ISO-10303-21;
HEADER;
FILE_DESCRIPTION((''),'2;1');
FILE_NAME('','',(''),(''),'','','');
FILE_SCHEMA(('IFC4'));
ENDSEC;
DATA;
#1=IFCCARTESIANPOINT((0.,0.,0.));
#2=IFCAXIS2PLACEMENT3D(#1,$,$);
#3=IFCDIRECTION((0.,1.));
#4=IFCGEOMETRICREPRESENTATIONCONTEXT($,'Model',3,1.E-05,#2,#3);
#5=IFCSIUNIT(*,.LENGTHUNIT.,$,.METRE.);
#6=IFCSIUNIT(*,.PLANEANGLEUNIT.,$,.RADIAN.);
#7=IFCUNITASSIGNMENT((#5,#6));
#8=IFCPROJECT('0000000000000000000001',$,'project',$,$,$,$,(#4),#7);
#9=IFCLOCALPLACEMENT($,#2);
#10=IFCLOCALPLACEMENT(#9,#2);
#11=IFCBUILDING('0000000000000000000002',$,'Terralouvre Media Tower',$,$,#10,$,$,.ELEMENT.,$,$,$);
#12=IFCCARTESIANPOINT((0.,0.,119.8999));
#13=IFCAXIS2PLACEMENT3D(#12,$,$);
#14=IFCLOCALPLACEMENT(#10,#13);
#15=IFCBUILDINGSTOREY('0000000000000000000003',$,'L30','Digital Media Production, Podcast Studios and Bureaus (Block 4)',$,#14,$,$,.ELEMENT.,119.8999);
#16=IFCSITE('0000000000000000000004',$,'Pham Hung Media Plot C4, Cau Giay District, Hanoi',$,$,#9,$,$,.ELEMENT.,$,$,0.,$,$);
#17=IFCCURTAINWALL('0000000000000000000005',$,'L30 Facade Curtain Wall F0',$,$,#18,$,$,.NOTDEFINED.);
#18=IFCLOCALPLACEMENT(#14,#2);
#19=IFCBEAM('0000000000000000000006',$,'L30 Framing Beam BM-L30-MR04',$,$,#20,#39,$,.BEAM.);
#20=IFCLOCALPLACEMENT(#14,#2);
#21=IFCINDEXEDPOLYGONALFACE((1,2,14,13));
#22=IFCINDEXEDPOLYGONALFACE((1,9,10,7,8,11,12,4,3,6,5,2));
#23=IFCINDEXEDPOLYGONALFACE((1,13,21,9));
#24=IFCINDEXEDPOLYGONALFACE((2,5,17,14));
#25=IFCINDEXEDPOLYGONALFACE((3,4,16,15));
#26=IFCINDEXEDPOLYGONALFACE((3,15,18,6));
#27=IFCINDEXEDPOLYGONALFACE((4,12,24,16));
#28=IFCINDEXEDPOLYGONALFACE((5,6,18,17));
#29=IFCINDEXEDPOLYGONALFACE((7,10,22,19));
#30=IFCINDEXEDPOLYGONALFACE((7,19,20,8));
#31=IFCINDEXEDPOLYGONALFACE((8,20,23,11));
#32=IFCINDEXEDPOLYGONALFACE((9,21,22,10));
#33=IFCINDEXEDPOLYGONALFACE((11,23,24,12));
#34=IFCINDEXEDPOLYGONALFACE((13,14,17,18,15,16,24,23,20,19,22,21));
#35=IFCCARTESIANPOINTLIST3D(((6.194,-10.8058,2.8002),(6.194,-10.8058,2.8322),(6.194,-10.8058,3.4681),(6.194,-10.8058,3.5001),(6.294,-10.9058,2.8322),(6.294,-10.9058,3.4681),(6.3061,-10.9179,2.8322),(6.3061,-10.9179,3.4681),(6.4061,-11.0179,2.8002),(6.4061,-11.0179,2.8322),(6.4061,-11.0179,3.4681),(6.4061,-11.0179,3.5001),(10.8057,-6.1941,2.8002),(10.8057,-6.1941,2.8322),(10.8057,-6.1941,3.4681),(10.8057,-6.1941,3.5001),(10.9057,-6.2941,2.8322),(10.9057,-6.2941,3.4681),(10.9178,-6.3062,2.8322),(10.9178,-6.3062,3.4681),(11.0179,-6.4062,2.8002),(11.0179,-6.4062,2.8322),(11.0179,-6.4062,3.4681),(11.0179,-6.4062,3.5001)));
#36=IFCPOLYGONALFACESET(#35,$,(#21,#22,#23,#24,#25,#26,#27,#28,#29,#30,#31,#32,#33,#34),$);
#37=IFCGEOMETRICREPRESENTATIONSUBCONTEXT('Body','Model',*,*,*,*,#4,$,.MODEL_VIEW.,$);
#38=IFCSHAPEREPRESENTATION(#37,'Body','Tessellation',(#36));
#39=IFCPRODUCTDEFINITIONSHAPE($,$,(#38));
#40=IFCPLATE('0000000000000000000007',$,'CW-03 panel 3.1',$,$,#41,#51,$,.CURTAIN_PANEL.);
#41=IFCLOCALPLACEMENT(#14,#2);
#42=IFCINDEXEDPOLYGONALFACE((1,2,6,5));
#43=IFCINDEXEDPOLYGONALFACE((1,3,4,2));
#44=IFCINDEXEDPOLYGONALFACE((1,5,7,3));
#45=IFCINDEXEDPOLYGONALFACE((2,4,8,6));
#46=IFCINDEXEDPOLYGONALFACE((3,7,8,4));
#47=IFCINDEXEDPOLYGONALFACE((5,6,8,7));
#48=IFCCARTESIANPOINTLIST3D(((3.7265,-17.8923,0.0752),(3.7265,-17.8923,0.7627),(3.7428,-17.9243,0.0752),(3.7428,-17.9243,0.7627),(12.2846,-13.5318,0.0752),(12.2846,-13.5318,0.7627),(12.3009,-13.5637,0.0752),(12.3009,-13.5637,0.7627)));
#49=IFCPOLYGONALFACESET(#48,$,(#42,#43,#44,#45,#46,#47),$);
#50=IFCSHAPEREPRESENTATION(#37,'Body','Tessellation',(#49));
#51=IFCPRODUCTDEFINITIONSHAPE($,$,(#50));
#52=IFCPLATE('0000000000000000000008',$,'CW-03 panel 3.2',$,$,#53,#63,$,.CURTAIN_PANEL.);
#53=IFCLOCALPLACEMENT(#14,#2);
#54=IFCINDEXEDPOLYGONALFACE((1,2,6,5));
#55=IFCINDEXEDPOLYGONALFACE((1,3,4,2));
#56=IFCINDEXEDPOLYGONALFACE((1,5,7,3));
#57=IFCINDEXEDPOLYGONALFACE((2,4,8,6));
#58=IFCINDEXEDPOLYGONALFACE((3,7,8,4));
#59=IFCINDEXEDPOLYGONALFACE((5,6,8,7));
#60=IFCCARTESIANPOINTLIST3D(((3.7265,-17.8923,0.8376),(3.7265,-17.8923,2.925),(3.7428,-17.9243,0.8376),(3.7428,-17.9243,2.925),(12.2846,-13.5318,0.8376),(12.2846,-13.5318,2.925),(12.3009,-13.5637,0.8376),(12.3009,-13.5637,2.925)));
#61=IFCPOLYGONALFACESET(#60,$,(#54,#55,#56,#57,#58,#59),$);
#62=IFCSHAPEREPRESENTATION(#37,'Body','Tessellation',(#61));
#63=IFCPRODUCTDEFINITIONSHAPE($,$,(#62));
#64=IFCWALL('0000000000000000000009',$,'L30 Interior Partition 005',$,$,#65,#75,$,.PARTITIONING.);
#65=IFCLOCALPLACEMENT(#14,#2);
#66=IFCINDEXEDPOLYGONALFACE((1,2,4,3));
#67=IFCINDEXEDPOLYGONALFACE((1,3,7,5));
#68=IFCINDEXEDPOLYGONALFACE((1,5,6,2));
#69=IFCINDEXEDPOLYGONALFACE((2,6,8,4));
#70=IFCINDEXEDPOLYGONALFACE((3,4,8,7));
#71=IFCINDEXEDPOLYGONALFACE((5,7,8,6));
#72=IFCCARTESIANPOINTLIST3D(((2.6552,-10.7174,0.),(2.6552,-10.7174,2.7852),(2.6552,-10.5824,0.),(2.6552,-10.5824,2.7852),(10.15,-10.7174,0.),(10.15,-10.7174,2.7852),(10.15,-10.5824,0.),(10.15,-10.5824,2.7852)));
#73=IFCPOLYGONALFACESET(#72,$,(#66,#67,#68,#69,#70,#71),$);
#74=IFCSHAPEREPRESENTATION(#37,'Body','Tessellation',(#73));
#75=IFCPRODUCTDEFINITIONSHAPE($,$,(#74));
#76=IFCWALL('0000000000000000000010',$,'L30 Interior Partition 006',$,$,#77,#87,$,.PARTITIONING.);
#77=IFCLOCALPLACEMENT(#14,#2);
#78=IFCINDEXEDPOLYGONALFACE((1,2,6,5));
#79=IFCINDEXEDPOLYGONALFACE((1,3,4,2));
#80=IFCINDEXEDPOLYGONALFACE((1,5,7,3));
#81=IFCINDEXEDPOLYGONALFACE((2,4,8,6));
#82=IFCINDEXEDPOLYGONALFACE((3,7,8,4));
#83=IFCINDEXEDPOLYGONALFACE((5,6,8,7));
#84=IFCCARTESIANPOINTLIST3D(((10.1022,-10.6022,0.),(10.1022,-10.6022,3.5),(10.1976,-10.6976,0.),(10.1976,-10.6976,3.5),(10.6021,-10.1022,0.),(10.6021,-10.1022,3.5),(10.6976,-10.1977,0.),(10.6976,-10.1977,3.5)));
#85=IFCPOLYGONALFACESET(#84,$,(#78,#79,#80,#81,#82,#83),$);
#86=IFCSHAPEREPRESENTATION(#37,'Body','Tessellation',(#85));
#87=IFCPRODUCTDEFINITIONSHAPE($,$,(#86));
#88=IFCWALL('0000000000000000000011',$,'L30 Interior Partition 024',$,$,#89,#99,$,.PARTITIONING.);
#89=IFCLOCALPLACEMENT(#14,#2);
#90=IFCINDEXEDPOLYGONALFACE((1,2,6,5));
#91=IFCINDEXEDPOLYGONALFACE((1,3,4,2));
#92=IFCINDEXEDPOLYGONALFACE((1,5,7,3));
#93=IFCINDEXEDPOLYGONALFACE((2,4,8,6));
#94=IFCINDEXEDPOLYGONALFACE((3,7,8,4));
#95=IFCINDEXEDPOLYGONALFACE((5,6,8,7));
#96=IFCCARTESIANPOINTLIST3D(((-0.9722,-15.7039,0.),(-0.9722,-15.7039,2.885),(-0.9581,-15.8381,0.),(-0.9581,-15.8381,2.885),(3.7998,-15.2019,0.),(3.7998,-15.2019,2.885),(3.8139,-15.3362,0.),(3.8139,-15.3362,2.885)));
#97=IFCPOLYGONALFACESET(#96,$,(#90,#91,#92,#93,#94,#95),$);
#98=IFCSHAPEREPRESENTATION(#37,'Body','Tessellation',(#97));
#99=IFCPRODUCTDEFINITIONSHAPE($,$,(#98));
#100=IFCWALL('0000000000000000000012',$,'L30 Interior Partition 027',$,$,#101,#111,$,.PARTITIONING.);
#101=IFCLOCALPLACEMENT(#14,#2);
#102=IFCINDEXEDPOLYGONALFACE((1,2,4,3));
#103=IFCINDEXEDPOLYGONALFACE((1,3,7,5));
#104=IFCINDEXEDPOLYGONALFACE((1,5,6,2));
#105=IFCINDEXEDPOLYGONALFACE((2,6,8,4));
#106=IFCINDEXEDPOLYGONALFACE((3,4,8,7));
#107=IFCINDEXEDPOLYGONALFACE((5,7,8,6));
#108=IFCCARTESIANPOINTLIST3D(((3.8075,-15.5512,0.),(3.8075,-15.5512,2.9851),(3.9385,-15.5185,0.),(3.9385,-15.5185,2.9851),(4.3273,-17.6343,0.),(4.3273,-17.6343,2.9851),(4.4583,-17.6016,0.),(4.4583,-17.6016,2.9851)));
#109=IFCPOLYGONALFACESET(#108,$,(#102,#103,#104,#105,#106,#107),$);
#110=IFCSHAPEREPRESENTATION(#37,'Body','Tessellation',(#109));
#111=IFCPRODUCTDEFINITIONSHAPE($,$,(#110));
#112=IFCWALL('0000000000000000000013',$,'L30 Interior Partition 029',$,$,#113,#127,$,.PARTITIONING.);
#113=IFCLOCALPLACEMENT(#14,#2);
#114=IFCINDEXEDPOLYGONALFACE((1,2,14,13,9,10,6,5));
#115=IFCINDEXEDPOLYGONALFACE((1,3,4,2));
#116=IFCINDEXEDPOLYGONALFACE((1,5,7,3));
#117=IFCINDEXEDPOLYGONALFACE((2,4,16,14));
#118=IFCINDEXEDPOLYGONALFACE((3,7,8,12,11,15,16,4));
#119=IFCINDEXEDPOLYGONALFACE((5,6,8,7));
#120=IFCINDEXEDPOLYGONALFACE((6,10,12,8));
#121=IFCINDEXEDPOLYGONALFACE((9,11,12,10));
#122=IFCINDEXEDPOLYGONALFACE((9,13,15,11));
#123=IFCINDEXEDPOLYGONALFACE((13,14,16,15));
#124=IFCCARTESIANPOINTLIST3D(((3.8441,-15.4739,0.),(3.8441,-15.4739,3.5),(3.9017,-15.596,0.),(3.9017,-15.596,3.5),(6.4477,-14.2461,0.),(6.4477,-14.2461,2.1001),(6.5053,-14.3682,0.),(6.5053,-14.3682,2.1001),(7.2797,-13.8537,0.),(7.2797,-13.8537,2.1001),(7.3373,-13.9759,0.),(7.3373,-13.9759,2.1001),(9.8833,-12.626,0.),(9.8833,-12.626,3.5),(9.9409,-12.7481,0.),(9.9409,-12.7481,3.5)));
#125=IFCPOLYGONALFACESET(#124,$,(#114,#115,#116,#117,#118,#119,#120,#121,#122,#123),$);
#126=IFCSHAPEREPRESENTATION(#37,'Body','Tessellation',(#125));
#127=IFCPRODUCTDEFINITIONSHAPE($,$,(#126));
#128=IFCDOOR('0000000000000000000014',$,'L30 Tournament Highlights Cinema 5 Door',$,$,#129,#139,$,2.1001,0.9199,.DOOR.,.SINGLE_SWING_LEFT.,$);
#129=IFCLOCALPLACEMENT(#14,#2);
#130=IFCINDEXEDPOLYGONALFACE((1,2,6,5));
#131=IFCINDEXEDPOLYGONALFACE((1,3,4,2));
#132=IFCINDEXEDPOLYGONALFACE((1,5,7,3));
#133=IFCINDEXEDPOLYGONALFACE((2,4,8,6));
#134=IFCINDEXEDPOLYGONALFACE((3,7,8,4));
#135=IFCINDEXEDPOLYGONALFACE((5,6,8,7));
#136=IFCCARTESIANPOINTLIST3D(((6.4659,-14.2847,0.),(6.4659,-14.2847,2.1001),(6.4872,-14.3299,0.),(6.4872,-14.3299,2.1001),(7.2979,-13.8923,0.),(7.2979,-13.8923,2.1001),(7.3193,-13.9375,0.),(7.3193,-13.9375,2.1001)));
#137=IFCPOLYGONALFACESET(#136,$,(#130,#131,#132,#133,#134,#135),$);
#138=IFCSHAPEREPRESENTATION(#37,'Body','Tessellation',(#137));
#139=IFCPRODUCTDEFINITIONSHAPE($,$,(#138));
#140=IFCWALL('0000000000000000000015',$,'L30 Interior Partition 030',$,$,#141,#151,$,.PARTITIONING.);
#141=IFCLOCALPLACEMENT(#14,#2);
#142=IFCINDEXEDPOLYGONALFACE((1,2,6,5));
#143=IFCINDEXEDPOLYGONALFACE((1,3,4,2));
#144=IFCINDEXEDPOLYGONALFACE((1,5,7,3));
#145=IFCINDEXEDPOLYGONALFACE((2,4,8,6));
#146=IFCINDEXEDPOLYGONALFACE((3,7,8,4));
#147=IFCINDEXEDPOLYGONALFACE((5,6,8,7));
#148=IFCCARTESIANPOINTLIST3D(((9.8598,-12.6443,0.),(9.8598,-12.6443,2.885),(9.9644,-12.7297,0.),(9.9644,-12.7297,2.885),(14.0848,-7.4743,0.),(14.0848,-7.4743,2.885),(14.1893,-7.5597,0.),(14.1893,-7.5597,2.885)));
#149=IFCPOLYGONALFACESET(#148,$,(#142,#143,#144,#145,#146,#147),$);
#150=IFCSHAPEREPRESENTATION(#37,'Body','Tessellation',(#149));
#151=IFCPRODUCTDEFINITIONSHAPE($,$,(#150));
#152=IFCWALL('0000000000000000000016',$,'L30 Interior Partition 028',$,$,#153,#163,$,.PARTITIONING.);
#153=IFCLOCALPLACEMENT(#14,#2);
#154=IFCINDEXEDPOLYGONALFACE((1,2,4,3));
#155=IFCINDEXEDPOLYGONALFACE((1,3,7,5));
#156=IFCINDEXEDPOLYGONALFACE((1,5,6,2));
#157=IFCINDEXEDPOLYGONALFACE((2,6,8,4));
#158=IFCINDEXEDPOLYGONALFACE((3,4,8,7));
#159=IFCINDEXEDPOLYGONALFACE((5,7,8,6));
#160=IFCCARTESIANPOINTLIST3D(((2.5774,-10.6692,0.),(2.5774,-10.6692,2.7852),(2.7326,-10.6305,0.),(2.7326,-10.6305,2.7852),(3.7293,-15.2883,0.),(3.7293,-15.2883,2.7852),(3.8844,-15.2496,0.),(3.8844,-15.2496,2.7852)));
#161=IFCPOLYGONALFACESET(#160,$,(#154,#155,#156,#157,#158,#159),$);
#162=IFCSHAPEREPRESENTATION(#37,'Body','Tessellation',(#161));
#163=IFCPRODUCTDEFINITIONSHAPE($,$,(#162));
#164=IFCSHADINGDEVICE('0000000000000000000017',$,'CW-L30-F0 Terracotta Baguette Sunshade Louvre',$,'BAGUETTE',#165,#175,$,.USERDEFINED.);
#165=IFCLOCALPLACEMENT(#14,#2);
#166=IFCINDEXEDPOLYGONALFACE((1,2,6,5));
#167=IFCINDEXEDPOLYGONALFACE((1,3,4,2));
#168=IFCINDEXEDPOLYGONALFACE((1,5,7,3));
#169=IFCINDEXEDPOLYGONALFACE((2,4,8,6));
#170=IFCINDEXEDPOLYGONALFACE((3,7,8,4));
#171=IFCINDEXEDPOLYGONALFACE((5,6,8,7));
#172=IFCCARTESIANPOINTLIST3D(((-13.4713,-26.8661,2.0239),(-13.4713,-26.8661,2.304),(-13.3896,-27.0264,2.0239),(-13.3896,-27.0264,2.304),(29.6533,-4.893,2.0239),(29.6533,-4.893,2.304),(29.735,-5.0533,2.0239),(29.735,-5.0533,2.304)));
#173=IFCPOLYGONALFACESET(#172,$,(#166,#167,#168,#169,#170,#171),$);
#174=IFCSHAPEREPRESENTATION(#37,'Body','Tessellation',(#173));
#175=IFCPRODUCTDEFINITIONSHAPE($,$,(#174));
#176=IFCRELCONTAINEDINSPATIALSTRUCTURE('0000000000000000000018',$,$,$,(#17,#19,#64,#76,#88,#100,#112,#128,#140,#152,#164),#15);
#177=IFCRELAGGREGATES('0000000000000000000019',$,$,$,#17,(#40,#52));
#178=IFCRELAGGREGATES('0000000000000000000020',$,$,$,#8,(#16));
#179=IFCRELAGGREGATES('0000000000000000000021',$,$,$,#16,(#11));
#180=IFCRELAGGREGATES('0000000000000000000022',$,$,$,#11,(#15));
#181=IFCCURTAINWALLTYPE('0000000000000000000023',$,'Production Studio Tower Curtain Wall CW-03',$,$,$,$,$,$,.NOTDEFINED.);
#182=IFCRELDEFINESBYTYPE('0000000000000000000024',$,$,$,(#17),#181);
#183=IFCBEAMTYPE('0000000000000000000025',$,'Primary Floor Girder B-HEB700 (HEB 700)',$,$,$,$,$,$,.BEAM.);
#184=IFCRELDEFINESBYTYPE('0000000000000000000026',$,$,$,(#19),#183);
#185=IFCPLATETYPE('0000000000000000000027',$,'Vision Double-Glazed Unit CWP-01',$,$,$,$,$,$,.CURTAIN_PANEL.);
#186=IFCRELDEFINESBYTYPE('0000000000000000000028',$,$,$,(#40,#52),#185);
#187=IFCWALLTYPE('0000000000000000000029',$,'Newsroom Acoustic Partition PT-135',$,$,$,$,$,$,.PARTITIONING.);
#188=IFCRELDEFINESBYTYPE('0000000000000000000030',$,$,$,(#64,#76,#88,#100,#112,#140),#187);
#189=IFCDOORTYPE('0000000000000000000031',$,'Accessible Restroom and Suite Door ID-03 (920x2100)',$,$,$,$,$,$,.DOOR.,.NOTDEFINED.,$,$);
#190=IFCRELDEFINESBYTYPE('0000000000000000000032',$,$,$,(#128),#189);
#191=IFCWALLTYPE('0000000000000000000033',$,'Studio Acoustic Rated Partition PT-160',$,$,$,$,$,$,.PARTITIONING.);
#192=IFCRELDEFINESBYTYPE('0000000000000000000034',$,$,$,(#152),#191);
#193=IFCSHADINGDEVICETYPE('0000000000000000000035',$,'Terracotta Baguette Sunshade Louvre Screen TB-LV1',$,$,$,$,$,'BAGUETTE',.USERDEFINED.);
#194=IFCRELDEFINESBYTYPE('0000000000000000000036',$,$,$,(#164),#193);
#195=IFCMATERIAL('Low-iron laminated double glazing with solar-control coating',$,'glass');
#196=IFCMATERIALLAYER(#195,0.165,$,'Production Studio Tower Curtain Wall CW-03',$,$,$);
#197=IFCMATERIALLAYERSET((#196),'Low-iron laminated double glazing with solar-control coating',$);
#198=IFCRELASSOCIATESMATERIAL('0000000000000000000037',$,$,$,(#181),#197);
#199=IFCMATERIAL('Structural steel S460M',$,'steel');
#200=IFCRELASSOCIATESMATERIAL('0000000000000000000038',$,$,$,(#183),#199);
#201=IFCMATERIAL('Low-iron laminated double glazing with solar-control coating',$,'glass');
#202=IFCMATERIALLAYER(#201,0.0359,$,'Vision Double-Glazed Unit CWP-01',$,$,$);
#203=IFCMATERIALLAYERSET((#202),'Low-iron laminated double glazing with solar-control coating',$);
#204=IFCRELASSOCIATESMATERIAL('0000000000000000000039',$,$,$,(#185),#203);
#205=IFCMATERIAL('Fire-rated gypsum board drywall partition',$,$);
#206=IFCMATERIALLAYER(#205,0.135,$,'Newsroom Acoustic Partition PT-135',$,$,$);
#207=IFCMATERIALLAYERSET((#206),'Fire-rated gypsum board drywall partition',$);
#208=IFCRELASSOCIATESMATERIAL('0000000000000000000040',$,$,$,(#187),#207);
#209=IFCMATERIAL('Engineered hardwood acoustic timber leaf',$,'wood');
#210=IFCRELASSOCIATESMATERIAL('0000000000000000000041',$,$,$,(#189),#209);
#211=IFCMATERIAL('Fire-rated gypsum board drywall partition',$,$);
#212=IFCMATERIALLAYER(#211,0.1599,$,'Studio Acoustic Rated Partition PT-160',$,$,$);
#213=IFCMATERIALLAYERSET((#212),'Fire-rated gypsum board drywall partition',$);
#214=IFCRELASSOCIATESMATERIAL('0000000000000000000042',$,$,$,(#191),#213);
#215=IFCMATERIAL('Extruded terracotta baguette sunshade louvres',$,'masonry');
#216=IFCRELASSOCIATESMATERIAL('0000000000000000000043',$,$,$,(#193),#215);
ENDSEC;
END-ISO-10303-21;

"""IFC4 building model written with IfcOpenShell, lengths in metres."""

from ifc_helpers import new_model, si_unit, direction, frame, frame_2d, origin, origin_2d, place, context, subcontext, project, spatial, rectangle, i_section, extrude, material, layer, layer_set, material_profile, profile_set, type_object, element, fill, aggregate, save


model = new_model("IFC4")

# Units and contexts
model_context = context("Model", 3, precision=1e-05, world=origin(), true_north=direction((0.0, 1.0)))
body_context = subcontext(model_context, "Body", "Model", "MODEL_VIEW")
ifc_project = project(units=[si_unit("LENGTHUNIT", "METRE"), si_unit("PLANEANGLEUNIT", "RADIAN")], contexts=[model_context])

# Site, building, storey
site_placement = place(None, origin())
site = spatial("IfcSite", under=ifc_project, at=site_placement, Name="Pham Hung Media Plot C4, Cau Giay District, Hanoi", CompositionType="ELEMENT", RefElevation=0.0)
building_placement = place(site_placement, origin())
building = spatial("IfcBuilding", under=site, at=building_placement, Name="Terralouvre Media Tower", CompositionType="ELEMENT")
storey_placement = place(building_placement, frame((0.0, 0.0, 119.8999)))
storey = spatial("IfcBuildingStorey", under=building, at=storey_placement, Name="L30", Description="Digital Media Production, Podcast Studios and Bureaus (Block 4)", CompositionType="ELEMENT", Elevation=119.8999)

# Curtain wall
ifc_material_1 = material(Name="Low-iron laminated double glazing with solar-control coating", Category="glass")
ifc_layer_1 = layer(ifc_material_1, 0.165, Name="Production Studio Tower Curtain Wall CW-03")
ifc_layer_set_1 = layer_set([ifc_layer_1], Name="Low-iron laminated double glazing with solar-control coating")
curtain_wall_type = type_object("IfcCurtainWallType", Name="Production Studio Tower Curtain Wall CW-03", PredefinedType="NOTDEFINED", material=ifc_layer_set_1)
curtain_wall_placement = place(storey_placement, origin())
curtain_wall = element("IfcCurtainWall", 1, at=curtain_wall_placement, inside=storey, type_object=curtain_wall_type, Name="L30 Facade Curtain Wall F0", PredefinedType="NOTDEFINED")

# Beam
ifc_material_2 = material(Name="Structural steel S460M", Category="steel")
ifc_material_profile_1 = material_profile(ifc_material_2, i_section(OverallWidth=0.3, OverallDepth=0.7, WebThickness=0.0171, FlangeThickness=0.032, at=origin_2d()), Name="HEB 700")
ifc_profile_set_1 = profile_set([ifc_material_profile_1], Name="Structural steel S460M")
beam_type_1 = type_object("IfcBeamType", Name="Primary Floor Girder B-HEB700 (HEB 700)", PredefinedType="BEAM", material=ifc_profile_set_1)
beam_1_placement = place(storey_placement, frame((6.3, -10.9119, 3.1501), z_axis=(0.707107, 0.707107, 0.0), x_axis=(-0.707107, 0.707107, 0.0)))
element("IfcBeam", 2, at=beam_1_placement, inside=storey, type_object=beam_type_1, Name="L30 Framing Beam BM-L30-MR04", PredefinedType="BEAM", context=body_context, shape_type="SweptSolid", body=[
    extrude(i_section(OverallWidth=0.3, OverallDepth=0.7, WebThickness=0.0171, FlangeThickness=0.032, at=origin_2d()), origin(), (0.0, 0.0, 1.0), 6.522),
])

# Plates
ifc_material_3 = material(Name="Low-iron laminated double glazing with solar-control coating", Category="glass")
ifc_layer_2 = layer(ifc_material_3, 0.0359, Name="Vision Double-Glazed Unit CWP-01")
ifc_layer_set_2 = layer_set([ifc_layer_2], Name="Low-iron laminated double glazing with solar-control coating")
plate_type = type_object("IfcPlateType", Name="Vision Double-Glazed Unit CWP-01", PredefinedType="CURTAIN_PANEL", material=ifc_layer_set_2)
plate_1_placement = place(storey_placement, frame((8.0137, -15.728, 0.0752), z_axis=(0.0, 0.0, 1.0), x_axis=(0.891007, 0.453991, 0.0)))
plate_1 = element("IfcPlate", 3, at=plate_1_placement, type_object=plate_type, Name="CW-03 panel 3.1", PredefinedType="CURTAIN_PANEL", context=body_context, shape_type="SweptSolid", body=[
    extrude(rectangle(XDim=9.605, YDim=0.0359, at=origin_2d()), origin(), (0.0, 0.0, 1.0), 0.6875),
])
plate_2_placement = place(storey_placement, frame((8.0137, -15.728, 0.8376), z_axis=(0.0, 0.0, 1.0), x_axis=(0.891007, 0.453991, 0.0)))
plate_2 = element("IfcPlate", 4, at=plate_2_placement, type_object=plate_type, Name="CW-03 panel 3.2", PredefinedType="CURTAIN_PANEL", context=body_context, shape_type="SweptSolid", body=[
    extrude(rectangle(XDim=9.605, YDim=0.0359, at=origin_2d()), origin(), (0.0, 0.0, 1.0), 2.0874),
])
aggregate(curtain_wall, [plate_1, plate_2])

# Walls
ifc_material_4 = material(Name="Fire-rated gypsum board drywall partition")
ifc_layer_3 = layer(ifc_material_4, 0.135, Name="Newsroom Acoustic Partition PT-135")
ifc_layer_set_3 = layer_set([ifc_layer_3], Name="Fire-rated gypsum board drywall partition")
wall_type_1 = type_object("IfcWallType", Name="Newsroom Acoustic Partition PT-135", PredefinedType="PARTITIONING", material=ifc_layer_set_3)
wall_1_placement = place(storey_placement, frame((2.655, -10.6499, 0.0), z_axis=(0.0, 0.0, 1.0), x_axis=(1.0, 0.0, 0.0)))
element("IfcWall", 5, at=wall_1_placement, inside=storey, type_object=wall_type_1, Name="L30 Interior Partition 005", PredefinedType="PARTITIONING", context=body_context, shape_type="SweptSolid", body=[
    extrude(rectangle(XDim=7.4949, YDim=0.135, at=frame_2d((3.7476, 0.0))), origin(), (0.0, 0.0, 1.0), 2.7852),
])
wall_2_placement = place(storey_placement, frame((10.1499, -10.6499, 0.0), z_axis=(0.0, 0.0, 1.0), x_axis=(0.707107, 0.707107, 0.0)))
element("IfcWall", 6, at=wall_2_placement, inside=storey, type_object=wall_type_1, Name="L30 Interior Partition 006", PredefinedType="PARTITIONING", context=body_context, shape_type="SweptSolid", body=[
    extrude(rectangle(XDim=0.707, YDim=0.135, at=frame_2d((0.3535, 0.0))), origin(), (0.0, 0.0, 1.0), 3.5),
])
wall_3_placement = place(storey_placement, frame((3.8069, -15.269, 0.0), z_axis=(0.0, 0.0, 1.0), x_axis=(-0.994513, -0.104611, 0.0)))
element("IfcWall", 7, at=wall_3_placement, inside=storey, type_object=wall_type_1, Name="L30 Interior Partition 024", PredefinedType="PARTITIONING", context=body_context, shape_type="SweptSolid", body=[
    extrude(rectangle(XDim=4.7983, YDim=0.135, at=frame_2d((2.3992, 0.0))), origin(), (0.0, 0.0, 1.0), 2.885),
])
wall_4_placement = place(storey_placement, frame((4.3928, -17.6179, 0.0), z_axis=(0.0, 0.0, 1.0), x_axis=(-0.242107, 0.970249, 0.0)))
element("IfcWall", 8, at=wall_4_placement, inside=storey, type_object=wall_type_1, Name="L30 Interior Partition 027", PredefinedType="PARTITIONING", context=body_context, shape_type="SweptSolid", body=[
    extrude(rectangle(XDim=2.147, YDim=0.135, at=frame_2d((1.0735, 0.0))), origin(), (0.0, 0.0, 1.0), 2.9851),
])

# Wall, opening, door
wall_5_placement = place(storey_placement, frame((3.873, -15.5349, 0.0), z_axis=(0.0, 0.0, 1.0), x_axis=(0.904473, 0.426531, 0.0)))
wall_5 = element("IfcWall", 9, at=wall_5_placement, inside=storey, type_object=wall_type_1, Name="L30 Interior Partition 029", PredefinedType="PARTITIONING", context=body_context, shape_type="SweptSolid", body=[
    extrude(rectangle(XDim=6.677, YDim=0.135, at=frame_2d((3.3384, 0.0))), origin(), (0.0, 0.0, 1.0), 3.5),
])
opening_placement = place(wall_5_placement, frame((2.8784, 0.0, 0.0)))
opening = element("IfcOpeningElement", 10, at=opening_placement, cuts=wall_5, PredefinedType="OPENING", context=body_context, shape_type="SweptSolid", body=[
    extrude(rectangle(XDim=0.9199, YDim=2.1001, at=frame_2d((0.46, 1.05))), frame((0.0, 0.0774, 0.0), z_axis=(0.0, -1.0, 0.0), x_axis=(1.0, 0.0, 0.0)), (0.0, 0.0, 1.0), 0.155),
])
ifc_material_5 = material(Name="Engineered hardwood acoustic timber leaf", Category="wood")
door_type = type_object("IfcDoorType", Name="Accessible Restroom and Suite Door ID-03 (920x2100)", OperationType="NOTDEFINED", PredefinedType="DOOR", material=ifc_material_5)
door_placement = place(opening_placement, origin())
door = element("IfcDoor", 11, at=door_placement, inside=storey, type_object=door_type, Name="L30 Tournament Highlights Cinema 5 Door", OperationType="SINGLE_SWING_LEFT", OverallHeight=2.1001, OverallWidth=0.9199, PredefinedType="DOOR", context=body_context, shape_type="SweptSolid", body=[
    extrude(rectangle(XDim=0.9199, YDim=2.1001, at=frame_2d((0.46, 1.05))), frame((0.0, 0.0249, 0.0), z_axis=(0.0, -1.0, 0.0), x_axis=(1.0, 0.0, 0.0)), (0.0, 0.0, 1.0), 0.05),
])
fill(opening, door)

# Walls
wall_6_placement = place(storey_placement, frame((9.9121, -12.687, 0.0), z_axis=(0.0, 0.0, 1.0), x_axis=(0.632782, 0.77433, 0.0)))
element("IfcWall", 12, at=wall_6_placement, inside=storey, type_object=wall_type_1, Name="L30 Interior Partition 030", PredefinedType="PARTITIONING", context=body_context, shape_type="SweptSolid", body=[
    extrude(rectangle(XDim=6.6768, YDim=0.135, at=frame_2d((3.3384, 0.0))), origin(), (0.0, 0.0, 1.0), 2.885),
])
ifc_material_6 = material(Name="Fire-rated gypsum board drywall partition")
ifc_layer_4 = layer(ifc_material_6, 0.1599, Name="Studio Acoustic Rated Partition PT-160")
ifc_layer_set_4 = layer_set([ifc_layer_4], Name="Fire-rated gypsum board drywall partition")
wall_type_2 = type_object("IfcWallType", Name="Studio Acoustic Rated Partition PT-160", PredefinedType="PARTITIONING", material=ifc_layer_set_4)
wall_7_placement = place(storey_placement, frame((3.8069, -15.269, 0.0), z_axis=(0.0, 0.0, 1.0), x_axis=(-0.241956, 0.970287, 0.0)))
element("IfcWall", 13, at=wall_7_placement, inside=storey, type_object=wall_type_2, Name="L30 Interior Partition 028", PredefinedType="PARTITIONING", context=body_context, shape_type="SweptSolid", body=[
    extrude(rectangle(XDim=4.7605, YDim=0.1599, at=frame_2d((2.3804, 0.0))), origin(), (0.0, 0.0, 1.0), 2.7852),
])

# Shading device
ifc_material_7 = material(Name="Extruded terracotta baguette sunshade louvres", Category="masonry")
shading_device_type = type_object("IfcShadingDeviceType", Name="Terracotta Baguette Sunshade Louvre Screen TB-LV1", ElementType="BAGUETTE", PredefinedType="USERDEFINED", material=ifc_material_7)
shading_device_placement = place(storey_placement, frame((8.1318, -15.9597, 2.0239), z_axis=(0.0, 0.0, 1.0), x_axis=(0.891007, 0.453991, 0.0)))
element("IfcShadingDevice", 14, at=shading_device_placement, inside=storey, type_object=shading_device_type, Name="CW-L30-F0 Terracotta Baguette Sunshade Louvre", ObjectType="BAGUETTE", PredefinedType="USERDEFINED", context=body_context, shape_type="SweptSolid", body=[
    extrude(rectangle(XDim=48.3999, YDim=0.1799, at=origin_2d()), origin(), (0.0, 0.0, 1.0), 0.28),
])

save(model, "model.ifc")
